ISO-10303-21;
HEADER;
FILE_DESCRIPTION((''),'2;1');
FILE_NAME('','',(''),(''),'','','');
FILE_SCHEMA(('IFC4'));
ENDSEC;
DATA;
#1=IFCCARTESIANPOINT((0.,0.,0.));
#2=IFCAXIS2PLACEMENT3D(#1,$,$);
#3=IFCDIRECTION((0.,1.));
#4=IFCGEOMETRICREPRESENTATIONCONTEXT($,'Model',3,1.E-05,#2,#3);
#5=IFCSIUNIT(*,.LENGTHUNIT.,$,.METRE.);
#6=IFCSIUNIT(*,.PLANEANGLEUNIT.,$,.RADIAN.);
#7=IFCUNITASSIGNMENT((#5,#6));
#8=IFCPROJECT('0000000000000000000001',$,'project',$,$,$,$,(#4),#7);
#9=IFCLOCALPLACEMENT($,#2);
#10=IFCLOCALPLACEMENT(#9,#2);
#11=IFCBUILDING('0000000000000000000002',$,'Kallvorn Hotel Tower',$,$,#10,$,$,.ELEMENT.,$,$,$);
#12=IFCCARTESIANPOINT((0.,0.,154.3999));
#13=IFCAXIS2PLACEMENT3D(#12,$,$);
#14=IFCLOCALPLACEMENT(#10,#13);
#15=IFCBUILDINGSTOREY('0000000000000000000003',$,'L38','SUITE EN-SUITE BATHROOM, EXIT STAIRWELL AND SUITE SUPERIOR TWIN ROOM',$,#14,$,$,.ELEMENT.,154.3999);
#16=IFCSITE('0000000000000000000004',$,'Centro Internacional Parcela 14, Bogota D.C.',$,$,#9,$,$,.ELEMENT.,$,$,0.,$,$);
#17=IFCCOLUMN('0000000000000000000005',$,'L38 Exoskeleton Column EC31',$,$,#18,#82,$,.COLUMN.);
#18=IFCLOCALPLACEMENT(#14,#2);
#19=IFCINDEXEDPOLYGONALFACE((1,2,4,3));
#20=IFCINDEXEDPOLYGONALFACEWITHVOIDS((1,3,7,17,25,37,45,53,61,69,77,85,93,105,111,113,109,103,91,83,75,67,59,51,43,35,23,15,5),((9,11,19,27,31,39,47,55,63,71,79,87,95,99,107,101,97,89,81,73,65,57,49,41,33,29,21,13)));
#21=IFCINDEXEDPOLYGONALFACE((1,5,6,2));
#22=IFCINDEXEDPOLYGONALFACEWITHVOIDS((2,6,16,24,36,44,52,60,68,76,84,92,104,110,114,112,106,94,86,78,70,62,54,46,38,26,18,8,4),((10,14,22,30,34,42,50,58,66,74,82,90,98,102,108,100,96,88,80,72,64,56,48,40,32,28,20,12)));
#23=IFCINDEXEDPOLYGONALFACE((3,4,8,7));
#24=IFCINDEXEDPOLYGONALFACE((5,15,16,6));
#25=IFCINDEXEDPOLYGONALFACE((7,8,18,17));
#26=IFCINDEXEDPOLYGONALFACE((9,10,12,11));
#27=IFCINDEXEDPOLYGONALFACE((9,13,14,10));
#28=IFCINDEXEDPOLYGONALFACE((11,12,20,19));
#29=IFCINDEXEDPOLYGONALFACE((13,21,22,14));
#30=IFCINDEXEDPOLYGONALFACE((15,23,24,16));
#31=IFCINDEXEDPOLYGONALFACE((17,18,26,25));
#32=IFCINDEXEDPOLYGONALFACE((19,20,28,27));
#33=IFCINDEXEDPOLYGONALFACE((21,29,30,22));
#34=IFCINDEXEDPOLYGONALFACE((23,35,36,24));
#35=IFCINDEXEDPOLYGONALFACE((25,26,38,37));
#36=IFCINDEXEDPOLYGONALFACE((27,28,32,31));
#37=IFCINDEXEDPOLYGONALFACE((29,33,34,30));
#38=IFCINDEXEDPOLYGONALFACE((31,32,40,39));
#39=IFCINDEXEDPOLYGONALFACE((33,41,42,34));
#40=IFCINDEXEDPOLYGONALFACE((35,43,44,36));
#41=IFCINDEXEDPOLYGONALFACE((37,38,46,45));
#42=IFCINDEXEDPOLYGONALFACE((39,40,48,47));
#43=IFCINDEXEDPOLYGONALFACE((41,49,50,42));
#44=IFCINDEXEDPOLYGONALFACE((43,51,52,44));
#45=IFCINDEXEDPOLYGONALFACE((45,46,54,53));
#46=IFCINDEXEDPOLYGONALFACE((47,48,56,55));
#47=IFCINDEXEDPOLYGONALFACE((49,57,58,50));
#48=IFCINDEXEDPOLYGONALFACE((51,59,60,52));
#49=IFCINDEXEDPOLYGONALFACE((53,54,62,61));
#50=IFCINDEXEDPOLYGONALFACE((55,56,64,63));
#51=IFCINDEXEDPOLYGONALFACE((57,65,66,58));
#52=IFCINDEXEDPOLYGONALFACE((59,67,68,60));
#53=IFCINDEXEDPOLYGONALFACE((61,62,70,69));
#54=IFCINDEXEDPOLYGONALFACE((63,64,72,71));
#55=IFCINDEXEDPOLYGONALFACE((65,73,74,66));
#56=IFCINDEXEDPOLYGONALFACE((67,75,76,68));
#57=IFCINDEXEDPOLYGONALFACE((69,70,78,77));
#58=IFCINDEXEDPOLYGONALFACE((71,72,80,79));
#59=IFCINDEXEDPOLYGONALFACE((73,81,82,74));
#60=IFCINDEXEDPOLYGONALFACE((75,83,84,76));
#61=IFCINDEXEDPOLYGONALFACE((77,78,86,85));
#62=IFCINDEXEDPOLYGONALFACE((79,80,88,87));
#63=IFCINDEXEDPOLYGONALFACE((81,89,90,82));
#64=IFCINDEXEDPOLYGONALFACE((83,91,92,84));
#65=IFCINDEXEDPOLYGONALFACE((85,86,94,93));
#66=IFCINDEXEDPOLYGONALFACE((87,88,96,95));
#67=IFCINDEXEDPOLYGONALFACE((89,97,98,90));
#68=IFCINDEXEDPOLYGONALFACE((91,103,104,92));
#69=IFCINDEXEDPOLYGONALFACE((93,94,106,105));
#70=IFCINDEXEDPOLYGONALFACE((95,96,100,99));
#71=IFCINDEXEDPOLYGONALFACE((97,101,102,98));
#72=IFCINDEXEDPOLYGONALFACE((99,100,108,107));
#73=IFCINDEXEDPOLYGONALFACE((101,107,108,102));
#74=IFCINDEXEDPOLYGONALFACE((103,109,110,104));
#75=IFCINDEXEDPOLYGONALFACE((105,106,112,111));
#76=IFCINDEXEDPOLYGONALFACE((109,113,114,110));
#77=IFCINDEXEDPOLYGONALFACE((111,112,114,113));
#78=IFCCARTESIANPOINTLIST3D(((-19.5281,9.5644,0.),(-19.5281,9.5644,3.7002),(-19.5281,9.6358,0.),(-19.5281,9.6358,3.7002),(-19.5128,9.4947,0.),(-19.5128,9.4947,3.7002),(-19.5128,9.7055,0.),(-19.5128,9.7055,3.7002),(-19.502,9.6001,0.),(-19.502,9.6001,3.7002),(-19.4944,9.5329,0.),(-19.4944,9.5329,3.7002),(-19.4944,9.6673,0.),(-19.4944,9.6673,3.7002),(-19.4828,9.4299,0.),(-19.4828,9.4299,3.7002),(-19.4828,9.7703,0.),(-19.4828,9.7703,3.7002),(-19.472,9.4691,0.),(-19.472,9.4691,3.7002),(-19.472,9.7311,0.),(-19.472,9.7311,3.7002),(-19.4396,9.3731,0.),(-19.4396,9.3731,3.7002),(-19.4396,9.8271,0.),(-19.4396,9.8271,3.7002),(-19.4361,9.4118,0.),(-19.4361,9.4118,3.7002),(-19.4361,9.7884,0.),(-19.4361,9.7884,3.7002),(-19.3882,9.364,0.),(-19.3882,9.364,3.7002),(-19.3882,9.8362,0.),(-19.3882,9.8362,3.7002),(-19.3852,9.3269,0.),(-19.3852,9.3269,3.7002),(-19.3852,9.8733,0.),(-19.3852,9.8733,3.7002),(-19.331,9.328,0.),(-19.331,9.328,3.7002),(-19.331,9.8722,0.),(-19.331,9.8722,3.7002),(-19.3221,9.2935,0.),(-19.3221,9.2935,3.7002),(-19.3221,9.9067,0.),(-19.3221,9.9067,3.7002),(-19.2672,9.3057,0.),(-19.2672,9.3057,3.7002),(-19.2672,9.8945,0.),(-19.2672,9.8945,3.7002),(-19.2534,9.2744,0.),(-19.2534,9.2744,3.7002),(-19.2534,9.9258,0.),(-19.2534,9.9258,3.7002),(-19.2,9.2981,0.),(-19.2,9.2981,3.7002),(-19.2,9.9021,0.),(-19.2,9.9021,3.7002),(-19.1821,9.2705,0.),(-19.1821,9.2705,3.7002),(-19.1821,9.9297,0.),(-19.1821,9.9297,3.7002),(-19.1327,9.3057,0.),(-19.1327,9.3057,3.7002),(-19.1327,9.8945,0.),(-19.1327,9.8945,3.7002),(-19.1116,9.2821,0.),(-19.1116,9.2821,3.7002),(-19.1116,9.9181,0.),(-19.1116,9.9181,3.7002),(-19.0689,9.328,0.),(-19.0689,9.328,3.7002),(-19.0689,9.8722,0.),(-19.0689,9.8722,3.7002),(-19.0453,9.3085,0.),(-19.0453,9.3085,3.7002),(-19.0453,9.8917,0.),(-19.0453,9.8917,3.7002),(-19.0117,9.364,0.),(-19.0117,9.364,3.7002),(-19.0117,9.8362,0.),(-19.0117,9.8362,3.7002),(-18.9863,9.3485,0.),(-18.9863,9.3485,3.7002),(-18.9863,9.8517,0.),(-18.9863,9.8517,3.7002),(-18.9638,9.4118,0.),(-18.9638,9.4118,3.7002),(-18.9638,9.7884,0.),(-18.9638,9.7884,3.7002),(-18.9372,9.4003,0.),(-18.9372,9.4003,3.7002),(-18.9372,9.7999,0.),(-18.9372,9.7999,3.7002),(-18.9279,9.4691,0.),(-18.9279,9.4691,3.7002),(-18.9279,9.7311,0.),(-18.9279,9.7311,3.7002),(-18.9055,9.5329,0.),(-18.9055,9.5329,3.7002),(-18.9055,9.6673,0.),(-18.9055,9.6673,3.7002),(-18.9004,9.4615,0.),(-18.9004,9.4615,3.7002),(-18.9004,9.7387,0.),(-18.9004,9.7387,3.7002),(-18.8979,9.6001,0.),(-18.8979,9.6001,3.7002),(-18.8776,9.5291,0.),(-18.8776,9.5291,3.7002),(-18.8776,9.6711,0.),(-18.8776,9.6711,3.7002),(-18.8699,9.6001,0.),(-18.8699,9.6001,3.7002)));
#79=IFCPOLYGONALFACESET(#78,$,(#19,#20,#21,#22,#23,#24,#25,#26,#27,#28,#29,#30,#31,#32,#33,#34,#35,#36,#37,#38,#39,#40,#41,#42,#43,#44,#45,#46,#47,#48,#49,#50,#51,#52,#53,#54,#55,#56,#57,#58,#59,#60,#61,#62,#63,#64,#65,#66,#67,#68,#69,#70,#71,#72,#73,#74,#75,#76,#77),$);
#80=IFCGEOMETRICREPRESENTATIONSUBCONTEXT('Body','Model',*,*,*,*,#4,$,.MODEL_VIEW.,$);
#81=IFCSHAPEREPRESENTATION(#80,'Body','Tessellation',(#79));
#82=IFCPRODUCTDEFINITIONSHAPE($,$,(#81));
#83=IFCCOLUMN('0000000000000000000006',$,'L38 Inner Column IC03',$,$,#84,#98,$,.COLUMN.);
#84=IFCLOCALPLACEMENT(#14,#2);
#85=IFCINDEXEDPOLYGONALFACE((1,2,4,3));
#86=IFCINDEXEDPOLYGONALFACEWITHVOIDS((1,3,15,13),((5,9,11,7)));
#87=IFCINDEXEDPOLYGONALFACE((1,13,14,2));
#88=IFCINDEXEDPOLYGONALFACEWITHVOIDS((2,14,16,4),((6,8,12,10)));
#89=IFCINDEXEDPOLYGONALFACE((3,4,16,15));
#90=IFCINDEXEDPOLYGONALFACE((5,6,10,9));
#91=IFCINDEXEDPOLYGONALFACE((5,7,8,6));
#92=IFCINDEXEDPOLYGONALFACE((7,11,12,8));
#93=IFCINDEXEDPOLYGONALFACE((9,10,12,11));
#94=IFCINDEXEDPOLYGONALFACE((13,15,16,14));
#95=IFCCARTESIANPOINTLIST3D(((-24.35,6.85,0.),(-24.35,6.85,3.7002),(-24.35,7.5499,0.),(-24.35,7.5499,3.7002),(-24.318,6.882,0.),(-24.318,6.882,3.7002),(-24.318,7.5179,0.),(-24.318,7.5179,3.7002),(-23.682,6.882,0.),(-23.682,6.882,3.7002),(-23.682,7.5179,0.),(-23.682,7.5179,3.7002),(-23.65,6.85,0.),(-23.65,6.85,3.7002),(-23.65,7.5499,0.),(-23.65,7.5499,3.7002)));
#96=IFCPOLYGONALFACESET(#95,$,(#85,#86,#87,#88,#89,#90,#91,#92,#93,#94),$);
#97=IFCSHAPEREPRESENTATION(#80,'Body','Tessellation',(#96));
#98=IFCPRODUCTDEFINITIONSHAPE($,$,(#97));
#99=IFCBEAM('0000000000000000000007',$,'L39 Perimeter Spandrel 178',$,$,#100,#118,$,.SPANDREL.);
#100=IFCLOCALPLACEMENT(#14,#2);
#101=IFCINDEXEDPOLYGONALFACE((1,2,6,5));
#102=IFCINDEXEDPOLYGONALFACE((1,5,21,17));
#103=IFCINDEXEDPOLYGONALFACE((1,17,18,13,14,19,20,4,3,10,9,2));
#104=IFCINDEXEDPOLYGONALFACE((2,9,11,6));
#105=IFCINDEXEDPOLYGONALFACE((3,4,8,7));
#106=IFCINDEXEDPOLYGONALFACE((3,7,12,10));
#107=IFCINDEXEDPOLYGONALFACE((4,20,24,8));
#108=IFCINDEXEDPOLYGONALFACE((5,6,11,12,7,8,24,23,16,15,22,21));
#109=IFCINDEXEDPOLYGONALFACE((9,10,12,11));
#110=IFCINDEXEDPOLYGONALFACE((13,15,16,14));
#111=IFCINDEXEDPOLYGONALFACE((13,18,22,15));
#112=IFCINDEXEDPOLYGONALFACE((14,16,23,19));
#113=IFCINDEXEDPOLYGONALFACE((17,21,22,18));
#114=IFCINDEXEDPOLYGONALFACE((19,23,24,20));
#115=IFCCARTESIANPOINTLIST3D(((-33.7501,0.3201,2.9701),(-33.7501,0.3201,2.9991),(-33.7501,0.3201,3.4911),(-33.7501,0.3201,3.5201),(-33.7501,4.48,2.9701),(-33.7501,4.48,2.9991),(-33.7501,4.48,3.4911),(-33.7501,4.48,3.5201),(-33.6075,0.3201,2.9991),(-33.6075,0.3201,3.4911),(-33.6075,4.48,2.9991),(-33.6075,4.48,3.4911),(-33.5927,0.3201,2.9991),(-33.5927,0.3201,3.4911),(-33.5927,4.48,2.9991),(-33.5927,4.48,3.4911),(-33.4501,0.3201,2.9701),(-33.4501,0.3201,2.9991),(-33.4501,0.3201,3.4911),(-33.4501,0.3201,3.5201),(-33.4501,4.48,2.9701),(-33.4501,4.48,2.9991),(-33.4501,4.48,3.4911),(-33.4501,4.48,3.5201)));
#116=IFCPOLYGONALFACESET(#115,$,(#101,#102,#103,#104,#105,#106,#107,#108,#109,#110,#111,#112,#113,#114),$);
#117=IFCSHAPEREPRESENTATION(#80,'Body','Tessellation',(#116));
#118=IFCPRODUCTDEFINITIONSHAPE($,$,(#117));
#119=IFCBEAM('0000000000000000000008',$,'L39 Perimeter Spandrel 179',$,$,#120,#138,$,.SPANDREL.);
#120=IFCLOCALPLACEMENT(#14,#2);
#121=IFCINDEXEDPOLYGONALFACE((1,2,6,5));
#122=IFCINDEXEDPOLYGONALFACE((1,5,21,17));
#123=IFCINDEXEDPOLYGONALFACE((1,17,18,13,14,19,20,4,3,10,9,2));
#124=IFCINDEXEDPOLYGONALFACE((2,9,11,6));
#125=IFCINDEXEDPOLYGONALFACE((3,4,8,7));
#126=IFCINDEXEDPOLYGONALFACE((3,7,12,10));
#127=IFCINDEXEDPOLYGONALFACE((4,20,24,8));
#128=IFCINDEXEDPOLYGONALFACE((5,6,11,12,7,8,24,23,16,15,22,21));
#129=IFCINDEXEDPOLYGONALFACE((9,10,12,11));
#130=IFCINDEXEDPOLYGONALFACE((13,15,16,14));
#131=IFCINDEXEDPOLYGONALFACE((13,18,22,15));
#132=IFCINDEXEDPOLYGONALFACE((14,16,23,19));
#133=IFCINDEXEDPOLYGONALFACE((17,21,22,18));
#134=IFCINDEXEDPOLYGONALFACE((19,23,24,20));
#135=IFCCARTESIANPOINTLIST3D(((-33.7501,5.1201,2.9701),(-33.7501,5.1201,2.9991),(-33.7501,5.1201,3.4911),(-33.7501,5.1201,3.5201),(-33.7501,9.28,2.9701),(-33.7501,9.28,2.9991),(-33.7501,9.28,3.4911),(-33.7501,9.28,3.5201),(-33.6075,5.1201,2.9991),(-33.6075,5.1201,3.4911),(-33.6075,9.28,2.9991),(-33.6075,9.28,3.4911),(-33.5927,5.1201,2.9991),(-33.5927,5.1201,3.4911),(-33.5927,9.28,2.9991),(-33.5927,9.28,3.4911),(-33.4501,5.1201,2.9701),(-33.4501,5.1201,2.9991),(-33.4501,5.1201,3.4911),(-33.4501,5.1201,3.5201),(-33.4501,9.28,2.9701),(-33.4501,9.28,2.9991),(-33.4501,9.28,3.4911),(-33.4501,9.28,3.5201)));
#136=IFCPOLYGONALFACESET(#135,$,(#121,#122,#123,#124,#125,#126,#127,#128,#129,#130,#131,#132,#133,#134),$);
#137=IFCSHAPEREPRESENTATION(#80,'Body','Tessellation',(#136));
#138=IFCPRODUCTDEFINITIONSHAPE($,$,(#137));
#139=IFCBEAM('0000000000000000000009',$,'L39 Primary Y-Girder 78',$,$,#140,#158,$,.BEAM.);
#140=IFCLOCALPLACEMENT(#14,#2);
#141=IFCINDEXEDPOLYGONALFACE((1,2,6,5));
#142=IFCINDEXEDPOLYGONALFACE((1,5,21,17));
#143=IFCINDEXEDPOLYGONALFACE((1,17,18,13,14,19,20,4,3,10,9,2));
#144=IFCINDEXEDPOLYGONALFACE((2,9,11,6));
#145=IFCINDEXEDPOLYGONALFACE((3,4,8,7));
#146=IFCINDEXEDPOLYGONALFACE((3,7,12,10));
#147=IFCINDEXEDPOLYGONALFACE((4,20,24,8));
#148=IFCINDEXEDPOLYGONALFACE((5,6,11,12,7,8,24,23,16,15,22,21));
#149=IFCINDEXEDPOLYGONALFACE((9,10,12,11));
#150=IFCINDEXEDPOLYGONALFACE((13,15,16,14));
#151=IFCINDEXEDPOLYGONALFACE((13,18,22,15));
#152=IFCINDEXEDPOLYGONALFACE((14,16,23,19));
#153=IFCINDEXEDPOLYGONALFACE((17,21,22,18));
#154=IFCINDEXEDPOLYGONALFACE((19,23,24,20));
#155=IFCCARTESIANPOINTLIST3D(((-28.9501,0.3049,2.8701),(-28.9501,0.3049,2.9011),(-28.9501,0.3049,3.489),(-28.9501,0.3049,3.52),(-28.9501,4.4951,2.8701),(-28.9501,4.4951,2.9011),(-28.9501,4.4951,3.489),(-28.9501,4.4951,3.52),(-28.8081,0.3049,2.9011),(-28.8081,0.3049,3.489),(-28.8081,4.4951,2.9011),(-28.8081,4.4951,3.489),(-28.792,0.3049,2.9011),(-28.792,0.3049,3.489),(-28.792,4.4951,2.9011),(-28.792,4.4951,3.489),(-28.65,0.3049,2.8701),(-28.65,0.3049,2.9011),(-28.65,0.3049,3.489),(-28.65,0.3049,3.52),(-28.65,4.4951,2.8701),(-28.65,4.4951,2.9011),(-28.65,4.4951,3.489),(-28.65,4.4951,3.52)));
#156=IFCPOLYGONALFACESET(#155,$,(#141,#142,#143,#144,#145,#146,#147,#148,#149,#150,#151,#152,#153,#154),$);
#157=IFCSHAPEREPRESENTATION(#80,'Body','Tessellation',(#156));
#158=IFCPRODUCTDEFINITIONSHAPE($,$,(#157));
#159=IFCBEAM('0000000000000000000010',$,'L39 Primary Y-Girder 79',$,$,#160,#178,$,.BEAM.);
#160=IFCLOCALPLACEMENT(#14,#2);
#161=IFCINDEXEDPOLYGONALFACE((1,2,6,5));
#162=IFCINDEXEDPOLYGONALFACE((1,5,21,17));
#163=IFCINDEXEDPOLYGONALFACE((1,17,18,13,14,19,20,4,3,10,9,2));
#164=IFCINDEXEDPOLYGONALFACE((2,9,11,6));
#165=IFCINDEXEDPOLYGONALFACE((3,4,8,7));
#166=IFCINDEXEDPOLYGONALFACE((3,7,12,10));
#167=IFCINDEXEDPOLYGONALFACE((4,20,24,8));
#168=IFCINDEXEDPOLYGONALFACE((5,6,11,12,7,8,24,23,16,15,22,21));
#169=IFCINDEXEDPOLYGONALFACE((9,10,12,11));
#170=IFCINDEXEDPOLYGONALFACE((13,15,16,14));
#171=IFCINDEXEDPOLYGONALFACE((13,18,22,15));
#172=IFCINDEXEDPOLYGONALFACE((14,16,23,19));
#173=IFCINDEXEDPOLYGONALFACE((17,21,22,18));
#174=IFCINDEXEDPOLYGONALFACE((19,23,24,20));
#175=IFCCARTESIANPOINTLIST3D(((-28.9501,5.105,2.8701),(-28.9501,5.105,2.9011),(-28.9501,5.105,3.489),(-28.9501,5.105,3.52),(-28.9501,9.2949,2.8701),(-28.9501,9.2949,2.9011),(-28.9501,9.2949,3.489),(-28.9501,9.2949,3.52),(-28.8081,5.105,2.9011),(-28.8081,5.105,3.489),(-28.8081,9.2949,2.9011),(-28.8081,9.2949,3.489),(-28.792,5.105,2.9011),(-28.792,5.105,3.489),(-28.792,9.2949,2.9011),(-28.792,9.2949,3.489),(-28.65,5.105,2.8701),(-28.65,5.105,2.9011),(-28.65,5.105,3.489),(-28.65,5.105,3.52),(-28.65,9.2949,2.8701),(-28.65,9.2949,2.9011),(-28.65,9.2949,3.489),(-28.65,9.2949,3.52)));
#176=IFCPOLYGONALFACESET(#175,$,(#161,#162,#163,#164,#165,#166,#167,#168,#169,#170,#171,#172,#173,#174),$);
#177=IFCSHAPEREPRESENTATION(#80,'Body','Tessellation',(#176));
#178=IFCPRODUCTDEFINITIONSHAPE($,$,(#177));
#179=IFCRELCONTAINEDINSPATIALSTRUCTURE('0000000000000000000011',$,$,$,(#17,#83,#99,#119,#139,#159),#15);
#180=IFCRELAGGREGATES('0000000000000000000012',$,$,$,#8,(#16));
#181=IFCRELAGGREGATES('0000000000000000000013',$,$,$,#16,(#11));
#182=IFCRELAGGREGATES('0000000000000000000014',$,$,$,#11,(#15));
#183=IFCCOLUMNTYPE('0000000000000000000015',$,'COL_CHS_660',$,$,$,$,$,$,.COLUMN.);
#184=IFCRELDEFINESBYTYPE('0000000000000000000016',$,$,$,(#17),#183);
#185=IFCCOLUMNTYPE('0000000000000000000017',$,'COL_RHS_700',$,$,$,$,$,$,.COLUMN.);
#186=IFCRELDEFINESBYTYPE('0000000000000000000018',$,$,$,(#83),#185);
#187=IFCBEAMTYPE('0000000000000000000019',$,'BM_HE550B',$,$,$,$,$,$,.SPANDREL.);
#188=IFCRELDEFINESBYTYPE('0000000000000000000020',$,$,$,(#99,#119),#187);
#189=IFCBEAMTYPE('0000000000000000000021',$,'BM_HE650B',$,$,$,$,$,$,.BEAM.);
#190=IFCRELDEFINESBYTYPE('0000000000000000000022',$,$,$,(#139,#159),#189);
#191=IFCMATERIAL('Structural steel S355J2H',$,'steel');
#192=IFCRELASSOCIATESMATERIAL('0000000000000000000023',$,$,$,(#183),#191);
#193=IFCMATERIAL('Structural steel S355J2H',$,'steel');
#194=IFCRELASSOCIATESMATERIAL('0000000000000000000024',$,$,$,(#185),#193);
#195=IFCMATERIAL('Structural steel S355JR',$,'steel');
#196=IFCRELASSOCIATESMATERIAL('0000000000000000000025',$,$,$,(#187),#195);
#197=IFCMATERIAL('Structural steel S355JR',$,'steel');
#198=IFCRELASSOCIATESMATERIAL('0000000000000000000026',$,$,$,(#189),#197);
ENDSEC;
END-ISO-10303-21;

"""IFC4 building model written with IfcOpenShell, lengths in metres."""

from ifc_helpers import new_model, si_unit, direction, frame, origin, origin_2d, place, context, subcontext, project, spatial, hollow_rectangle, hollow_circle, i_section, extrude, material, material_profile, profile_set, type_object, element, save


model = new_model("IFC4")

# Units and contexts
model_context = context("Model", 3, precision=1e-05, world=origin(), true_north=direction((0.0, 1.0)))
body_context = subcontext(model_context, "Body", "Model", "MODEL_VIEW")
ifc_project = project(units=[si_unit("LENGTHUNIT", "METRE"), si_unit("PLANEANGLEUNIT", "RADIAN")], contexts=[model_context])

# Site, building, storey
site_placement = place(None, origin())
site = spatial("IfcSite", under=ifc_project, at=site_placement, Name="Centro Internacional Parcela 14, Bogota D.C.", CompositionType="ELEMENT", RefElevation=0.0)
building_placement = place(site_placement, origin())
building = spatial("IfcBuilding", under=site, at=building_placement, Name="Kallvorn Hotel Tower", CompositionType="ELEMENT")
storey_placement = place(building_placement, frame((0.0, 0.0, 154.3999)))
storey = spatial("IfcBuildingStorey", under=building, at=storey_placement, Name="L38", Description="SUITE EN-SUITE BATHROOM, EXIT STAIRWELL AND SUITE SUPERIOR TWIN ROOM", CompositionType="ELEMENT", Elevation=154.3999)

# Columns
ifc_material_1 = material(Name="Structural steel S355J2H", Category="steel")
ifc_material_profile_1 = material_profile(ifc_material_1, hollow_circle(Radius=0.3301, WallThickness=0.0281, at=origin_2d()), Name="CHS 660x28")
ifc_profile_set_1 = profile_set([ifc_material_profile_1], Name="Structural steel S355J2H")
column_type_1 = type_object("IfcColumnType", Name="COL_CHS_660", PredefinedType="COLUMN", material=ifc_profile_set_1)
for number, where, z_axis, x_axis, name in (
    (1, (-19.2, 9.6001, 0.0), (0.0, 0.0, 1.0), (1.0, 0.0, 0.0), "L38 Exoskeleton Column EC31"),
):
    element("IfcColumn", number, at=place(storey_placement, frame(where, z_axis=z_axis, x_axis=x_axis)), inside=storey, type_object=column_type_1, Name=name, PredefinedType="COLUMN", context=body_context, shape_type="SweptSolid", body=[
        extrude(hollow_circle(Radius=0.3301, WallThickness=0.0281, at=origin_2d()), origin(), (0.0, 0.0, 1.0), 3.7002),
    ])
ifc_material_2 = material(Name="Structural steel S355J2H", Category="steel")
ifc_material_profile_2 = material_profile(ifc_material_2, hollow_rectangle(XDim=0.7, YDim=0.7, WallThickness=0.032, at=origin_2d()), Name="RHS 700x700x32")
ifc_profile_set_2 = profile_set([ifc_material_profile_2], Name="Structural steel S355J2H")
column_type_2 = type_object("IfcColumnType", Name="COL_RHS_700", PredefinedType="COLUMN", material=ifc_profile_set_2)
column_placement = place(storey_placement, frame((-24.0, 7.2, 0.0), z_axis=(0.0, 0.0, 1.0), x_axis=(1.0, 0.0, 0.0)))
element("IfcColumn", 2, at=column_placement, inside=storey, type_object=column_type_2, Name="L38 Inner Column IC03", PredefinedType="COLUMN", context=body_context, shape_type="SweptSolid", body=[
    extrude(hollow_rectangle(XDim=0.7, YDim=0.7, WallThickness=0.032, at=origin_2d()), origin(), (0.0, 0.0, 1.0), 3.7002),
])

# Beams
ifc_material_3 = material(Name="Structural steel S355JR", Category="steel")
ifc_material_profile_3 = material_profile(ifc_material_3, i_section(OverallWidth=0.3, OverallDepth=0.55, WebThickness=0.0149, FlangeThickness=0.0291, at=origin_2d()), Name="HE 550 B")
ifc_profile_set_3 = profile_set([ifc_material_profile_3], Name="Structural steel S355JR")
beam_type_1 = type_object("IfcBeamType", Name="BM_HE550B", PredefinedType="SPANDREL", material=ifc_profile_set_3)
for number, where, z_axis, x_axis, name in (
    (3, (-33.6001, 0.3201, 3.2451), (0.0, 1.0, 0.0), (-1.0, 0.0, 0.0), "L39 Perimeter Spandrel 178"),
    (4, (-33.6001, 5.1201, 3.2451), (0.0, 1.0, 0.0), (-1.0, 0.0, 0.0), "L39 Perimeter Spandrel 179"),
):
    element("IfcBeam", number, at=place(storey_placement, frame(where, z_axis=z_axis, x_axis=x_axis)), inside=storey, type_object=beam_type_1, Name=name, PredefinedType="SPANDREL", context=body_context, shape_type="SweptSolid", body=[
        extrude(i_section(OverallWidth=0.3, OverallDepth=0.55, WebThickness=0.0149, FlangeThickness=0.0291, at=origin_2d()), origin(), (0.0, 0.0, 1.0), 4.1599),
    ])
ifc_material_4 = material(Name="Structural steel S355JR", Category="steel")
ifc_material_profile_4 = material_profile(ifc_material_4, i_section(OverallWidth=0.3, OverallDepth=0.6499, WebThickness=0.0161, FlangeThickness=0.031, at=origin_2d()), Name="HE 650 B")
ifc_profile_set_4 = profile_set([ifc_material_profile_4], Name="Structural steel S355JR")
beam_type_2 = type_object("IfcBeamType", Name="BM_HE650B", PredefinedType="BEAM", material=ifc_profile_set_4)
beam_1_placement = place(storey_placement, frame((-28.8, 0.3049, 3.1951), z_axis=(0.0, 1.0, 0.0), x_axis=(-1.0, 0.0, 0.0)))
element("IfcBeam", 5, at=beam_1_placement, inside=storey, type_object=beam_type_2, Name="L39 Primary Y-Girder 78", PredefinedType="BEAM", context=body_context, shape_type="SweptSolid", body=[
    extrude(i_section(OverallWidth=0.3, OverallDepth=0.6499, WebThickness=0.0161, FlangeThickness=0.031, at=origin_2d()), origin(), (0.0, 0.0, 1.0), 4.1902),
])
for number, where, z_axis, x_axis, name in (
    (6, (-28.8, 5.105, 3.1951), (0.0, 1.0, 0.0), (-1.0, 0.0, 0.0), "L39 Primary Y-Girder 79"),
):
    element("IfcBeam", number, at=place(storey_placement, frame(where, z_axis=z_axis, x_axis=x_axis)), inside=storey, type_object=beam_type_2, Name=name, PredefinedType="BEAM", context=body_context, shape_type="SweptSolid", body=[
        extrude(i_section(OverallWidth=0.3, OverallDepth=0.6499, WebThickness=0.0161, FlangeThickness=0.031, at=origin_2d()), origin(), (0.0, 0.0, 1.0), 4.1899),
    ])

save(model, "model.ifc")
